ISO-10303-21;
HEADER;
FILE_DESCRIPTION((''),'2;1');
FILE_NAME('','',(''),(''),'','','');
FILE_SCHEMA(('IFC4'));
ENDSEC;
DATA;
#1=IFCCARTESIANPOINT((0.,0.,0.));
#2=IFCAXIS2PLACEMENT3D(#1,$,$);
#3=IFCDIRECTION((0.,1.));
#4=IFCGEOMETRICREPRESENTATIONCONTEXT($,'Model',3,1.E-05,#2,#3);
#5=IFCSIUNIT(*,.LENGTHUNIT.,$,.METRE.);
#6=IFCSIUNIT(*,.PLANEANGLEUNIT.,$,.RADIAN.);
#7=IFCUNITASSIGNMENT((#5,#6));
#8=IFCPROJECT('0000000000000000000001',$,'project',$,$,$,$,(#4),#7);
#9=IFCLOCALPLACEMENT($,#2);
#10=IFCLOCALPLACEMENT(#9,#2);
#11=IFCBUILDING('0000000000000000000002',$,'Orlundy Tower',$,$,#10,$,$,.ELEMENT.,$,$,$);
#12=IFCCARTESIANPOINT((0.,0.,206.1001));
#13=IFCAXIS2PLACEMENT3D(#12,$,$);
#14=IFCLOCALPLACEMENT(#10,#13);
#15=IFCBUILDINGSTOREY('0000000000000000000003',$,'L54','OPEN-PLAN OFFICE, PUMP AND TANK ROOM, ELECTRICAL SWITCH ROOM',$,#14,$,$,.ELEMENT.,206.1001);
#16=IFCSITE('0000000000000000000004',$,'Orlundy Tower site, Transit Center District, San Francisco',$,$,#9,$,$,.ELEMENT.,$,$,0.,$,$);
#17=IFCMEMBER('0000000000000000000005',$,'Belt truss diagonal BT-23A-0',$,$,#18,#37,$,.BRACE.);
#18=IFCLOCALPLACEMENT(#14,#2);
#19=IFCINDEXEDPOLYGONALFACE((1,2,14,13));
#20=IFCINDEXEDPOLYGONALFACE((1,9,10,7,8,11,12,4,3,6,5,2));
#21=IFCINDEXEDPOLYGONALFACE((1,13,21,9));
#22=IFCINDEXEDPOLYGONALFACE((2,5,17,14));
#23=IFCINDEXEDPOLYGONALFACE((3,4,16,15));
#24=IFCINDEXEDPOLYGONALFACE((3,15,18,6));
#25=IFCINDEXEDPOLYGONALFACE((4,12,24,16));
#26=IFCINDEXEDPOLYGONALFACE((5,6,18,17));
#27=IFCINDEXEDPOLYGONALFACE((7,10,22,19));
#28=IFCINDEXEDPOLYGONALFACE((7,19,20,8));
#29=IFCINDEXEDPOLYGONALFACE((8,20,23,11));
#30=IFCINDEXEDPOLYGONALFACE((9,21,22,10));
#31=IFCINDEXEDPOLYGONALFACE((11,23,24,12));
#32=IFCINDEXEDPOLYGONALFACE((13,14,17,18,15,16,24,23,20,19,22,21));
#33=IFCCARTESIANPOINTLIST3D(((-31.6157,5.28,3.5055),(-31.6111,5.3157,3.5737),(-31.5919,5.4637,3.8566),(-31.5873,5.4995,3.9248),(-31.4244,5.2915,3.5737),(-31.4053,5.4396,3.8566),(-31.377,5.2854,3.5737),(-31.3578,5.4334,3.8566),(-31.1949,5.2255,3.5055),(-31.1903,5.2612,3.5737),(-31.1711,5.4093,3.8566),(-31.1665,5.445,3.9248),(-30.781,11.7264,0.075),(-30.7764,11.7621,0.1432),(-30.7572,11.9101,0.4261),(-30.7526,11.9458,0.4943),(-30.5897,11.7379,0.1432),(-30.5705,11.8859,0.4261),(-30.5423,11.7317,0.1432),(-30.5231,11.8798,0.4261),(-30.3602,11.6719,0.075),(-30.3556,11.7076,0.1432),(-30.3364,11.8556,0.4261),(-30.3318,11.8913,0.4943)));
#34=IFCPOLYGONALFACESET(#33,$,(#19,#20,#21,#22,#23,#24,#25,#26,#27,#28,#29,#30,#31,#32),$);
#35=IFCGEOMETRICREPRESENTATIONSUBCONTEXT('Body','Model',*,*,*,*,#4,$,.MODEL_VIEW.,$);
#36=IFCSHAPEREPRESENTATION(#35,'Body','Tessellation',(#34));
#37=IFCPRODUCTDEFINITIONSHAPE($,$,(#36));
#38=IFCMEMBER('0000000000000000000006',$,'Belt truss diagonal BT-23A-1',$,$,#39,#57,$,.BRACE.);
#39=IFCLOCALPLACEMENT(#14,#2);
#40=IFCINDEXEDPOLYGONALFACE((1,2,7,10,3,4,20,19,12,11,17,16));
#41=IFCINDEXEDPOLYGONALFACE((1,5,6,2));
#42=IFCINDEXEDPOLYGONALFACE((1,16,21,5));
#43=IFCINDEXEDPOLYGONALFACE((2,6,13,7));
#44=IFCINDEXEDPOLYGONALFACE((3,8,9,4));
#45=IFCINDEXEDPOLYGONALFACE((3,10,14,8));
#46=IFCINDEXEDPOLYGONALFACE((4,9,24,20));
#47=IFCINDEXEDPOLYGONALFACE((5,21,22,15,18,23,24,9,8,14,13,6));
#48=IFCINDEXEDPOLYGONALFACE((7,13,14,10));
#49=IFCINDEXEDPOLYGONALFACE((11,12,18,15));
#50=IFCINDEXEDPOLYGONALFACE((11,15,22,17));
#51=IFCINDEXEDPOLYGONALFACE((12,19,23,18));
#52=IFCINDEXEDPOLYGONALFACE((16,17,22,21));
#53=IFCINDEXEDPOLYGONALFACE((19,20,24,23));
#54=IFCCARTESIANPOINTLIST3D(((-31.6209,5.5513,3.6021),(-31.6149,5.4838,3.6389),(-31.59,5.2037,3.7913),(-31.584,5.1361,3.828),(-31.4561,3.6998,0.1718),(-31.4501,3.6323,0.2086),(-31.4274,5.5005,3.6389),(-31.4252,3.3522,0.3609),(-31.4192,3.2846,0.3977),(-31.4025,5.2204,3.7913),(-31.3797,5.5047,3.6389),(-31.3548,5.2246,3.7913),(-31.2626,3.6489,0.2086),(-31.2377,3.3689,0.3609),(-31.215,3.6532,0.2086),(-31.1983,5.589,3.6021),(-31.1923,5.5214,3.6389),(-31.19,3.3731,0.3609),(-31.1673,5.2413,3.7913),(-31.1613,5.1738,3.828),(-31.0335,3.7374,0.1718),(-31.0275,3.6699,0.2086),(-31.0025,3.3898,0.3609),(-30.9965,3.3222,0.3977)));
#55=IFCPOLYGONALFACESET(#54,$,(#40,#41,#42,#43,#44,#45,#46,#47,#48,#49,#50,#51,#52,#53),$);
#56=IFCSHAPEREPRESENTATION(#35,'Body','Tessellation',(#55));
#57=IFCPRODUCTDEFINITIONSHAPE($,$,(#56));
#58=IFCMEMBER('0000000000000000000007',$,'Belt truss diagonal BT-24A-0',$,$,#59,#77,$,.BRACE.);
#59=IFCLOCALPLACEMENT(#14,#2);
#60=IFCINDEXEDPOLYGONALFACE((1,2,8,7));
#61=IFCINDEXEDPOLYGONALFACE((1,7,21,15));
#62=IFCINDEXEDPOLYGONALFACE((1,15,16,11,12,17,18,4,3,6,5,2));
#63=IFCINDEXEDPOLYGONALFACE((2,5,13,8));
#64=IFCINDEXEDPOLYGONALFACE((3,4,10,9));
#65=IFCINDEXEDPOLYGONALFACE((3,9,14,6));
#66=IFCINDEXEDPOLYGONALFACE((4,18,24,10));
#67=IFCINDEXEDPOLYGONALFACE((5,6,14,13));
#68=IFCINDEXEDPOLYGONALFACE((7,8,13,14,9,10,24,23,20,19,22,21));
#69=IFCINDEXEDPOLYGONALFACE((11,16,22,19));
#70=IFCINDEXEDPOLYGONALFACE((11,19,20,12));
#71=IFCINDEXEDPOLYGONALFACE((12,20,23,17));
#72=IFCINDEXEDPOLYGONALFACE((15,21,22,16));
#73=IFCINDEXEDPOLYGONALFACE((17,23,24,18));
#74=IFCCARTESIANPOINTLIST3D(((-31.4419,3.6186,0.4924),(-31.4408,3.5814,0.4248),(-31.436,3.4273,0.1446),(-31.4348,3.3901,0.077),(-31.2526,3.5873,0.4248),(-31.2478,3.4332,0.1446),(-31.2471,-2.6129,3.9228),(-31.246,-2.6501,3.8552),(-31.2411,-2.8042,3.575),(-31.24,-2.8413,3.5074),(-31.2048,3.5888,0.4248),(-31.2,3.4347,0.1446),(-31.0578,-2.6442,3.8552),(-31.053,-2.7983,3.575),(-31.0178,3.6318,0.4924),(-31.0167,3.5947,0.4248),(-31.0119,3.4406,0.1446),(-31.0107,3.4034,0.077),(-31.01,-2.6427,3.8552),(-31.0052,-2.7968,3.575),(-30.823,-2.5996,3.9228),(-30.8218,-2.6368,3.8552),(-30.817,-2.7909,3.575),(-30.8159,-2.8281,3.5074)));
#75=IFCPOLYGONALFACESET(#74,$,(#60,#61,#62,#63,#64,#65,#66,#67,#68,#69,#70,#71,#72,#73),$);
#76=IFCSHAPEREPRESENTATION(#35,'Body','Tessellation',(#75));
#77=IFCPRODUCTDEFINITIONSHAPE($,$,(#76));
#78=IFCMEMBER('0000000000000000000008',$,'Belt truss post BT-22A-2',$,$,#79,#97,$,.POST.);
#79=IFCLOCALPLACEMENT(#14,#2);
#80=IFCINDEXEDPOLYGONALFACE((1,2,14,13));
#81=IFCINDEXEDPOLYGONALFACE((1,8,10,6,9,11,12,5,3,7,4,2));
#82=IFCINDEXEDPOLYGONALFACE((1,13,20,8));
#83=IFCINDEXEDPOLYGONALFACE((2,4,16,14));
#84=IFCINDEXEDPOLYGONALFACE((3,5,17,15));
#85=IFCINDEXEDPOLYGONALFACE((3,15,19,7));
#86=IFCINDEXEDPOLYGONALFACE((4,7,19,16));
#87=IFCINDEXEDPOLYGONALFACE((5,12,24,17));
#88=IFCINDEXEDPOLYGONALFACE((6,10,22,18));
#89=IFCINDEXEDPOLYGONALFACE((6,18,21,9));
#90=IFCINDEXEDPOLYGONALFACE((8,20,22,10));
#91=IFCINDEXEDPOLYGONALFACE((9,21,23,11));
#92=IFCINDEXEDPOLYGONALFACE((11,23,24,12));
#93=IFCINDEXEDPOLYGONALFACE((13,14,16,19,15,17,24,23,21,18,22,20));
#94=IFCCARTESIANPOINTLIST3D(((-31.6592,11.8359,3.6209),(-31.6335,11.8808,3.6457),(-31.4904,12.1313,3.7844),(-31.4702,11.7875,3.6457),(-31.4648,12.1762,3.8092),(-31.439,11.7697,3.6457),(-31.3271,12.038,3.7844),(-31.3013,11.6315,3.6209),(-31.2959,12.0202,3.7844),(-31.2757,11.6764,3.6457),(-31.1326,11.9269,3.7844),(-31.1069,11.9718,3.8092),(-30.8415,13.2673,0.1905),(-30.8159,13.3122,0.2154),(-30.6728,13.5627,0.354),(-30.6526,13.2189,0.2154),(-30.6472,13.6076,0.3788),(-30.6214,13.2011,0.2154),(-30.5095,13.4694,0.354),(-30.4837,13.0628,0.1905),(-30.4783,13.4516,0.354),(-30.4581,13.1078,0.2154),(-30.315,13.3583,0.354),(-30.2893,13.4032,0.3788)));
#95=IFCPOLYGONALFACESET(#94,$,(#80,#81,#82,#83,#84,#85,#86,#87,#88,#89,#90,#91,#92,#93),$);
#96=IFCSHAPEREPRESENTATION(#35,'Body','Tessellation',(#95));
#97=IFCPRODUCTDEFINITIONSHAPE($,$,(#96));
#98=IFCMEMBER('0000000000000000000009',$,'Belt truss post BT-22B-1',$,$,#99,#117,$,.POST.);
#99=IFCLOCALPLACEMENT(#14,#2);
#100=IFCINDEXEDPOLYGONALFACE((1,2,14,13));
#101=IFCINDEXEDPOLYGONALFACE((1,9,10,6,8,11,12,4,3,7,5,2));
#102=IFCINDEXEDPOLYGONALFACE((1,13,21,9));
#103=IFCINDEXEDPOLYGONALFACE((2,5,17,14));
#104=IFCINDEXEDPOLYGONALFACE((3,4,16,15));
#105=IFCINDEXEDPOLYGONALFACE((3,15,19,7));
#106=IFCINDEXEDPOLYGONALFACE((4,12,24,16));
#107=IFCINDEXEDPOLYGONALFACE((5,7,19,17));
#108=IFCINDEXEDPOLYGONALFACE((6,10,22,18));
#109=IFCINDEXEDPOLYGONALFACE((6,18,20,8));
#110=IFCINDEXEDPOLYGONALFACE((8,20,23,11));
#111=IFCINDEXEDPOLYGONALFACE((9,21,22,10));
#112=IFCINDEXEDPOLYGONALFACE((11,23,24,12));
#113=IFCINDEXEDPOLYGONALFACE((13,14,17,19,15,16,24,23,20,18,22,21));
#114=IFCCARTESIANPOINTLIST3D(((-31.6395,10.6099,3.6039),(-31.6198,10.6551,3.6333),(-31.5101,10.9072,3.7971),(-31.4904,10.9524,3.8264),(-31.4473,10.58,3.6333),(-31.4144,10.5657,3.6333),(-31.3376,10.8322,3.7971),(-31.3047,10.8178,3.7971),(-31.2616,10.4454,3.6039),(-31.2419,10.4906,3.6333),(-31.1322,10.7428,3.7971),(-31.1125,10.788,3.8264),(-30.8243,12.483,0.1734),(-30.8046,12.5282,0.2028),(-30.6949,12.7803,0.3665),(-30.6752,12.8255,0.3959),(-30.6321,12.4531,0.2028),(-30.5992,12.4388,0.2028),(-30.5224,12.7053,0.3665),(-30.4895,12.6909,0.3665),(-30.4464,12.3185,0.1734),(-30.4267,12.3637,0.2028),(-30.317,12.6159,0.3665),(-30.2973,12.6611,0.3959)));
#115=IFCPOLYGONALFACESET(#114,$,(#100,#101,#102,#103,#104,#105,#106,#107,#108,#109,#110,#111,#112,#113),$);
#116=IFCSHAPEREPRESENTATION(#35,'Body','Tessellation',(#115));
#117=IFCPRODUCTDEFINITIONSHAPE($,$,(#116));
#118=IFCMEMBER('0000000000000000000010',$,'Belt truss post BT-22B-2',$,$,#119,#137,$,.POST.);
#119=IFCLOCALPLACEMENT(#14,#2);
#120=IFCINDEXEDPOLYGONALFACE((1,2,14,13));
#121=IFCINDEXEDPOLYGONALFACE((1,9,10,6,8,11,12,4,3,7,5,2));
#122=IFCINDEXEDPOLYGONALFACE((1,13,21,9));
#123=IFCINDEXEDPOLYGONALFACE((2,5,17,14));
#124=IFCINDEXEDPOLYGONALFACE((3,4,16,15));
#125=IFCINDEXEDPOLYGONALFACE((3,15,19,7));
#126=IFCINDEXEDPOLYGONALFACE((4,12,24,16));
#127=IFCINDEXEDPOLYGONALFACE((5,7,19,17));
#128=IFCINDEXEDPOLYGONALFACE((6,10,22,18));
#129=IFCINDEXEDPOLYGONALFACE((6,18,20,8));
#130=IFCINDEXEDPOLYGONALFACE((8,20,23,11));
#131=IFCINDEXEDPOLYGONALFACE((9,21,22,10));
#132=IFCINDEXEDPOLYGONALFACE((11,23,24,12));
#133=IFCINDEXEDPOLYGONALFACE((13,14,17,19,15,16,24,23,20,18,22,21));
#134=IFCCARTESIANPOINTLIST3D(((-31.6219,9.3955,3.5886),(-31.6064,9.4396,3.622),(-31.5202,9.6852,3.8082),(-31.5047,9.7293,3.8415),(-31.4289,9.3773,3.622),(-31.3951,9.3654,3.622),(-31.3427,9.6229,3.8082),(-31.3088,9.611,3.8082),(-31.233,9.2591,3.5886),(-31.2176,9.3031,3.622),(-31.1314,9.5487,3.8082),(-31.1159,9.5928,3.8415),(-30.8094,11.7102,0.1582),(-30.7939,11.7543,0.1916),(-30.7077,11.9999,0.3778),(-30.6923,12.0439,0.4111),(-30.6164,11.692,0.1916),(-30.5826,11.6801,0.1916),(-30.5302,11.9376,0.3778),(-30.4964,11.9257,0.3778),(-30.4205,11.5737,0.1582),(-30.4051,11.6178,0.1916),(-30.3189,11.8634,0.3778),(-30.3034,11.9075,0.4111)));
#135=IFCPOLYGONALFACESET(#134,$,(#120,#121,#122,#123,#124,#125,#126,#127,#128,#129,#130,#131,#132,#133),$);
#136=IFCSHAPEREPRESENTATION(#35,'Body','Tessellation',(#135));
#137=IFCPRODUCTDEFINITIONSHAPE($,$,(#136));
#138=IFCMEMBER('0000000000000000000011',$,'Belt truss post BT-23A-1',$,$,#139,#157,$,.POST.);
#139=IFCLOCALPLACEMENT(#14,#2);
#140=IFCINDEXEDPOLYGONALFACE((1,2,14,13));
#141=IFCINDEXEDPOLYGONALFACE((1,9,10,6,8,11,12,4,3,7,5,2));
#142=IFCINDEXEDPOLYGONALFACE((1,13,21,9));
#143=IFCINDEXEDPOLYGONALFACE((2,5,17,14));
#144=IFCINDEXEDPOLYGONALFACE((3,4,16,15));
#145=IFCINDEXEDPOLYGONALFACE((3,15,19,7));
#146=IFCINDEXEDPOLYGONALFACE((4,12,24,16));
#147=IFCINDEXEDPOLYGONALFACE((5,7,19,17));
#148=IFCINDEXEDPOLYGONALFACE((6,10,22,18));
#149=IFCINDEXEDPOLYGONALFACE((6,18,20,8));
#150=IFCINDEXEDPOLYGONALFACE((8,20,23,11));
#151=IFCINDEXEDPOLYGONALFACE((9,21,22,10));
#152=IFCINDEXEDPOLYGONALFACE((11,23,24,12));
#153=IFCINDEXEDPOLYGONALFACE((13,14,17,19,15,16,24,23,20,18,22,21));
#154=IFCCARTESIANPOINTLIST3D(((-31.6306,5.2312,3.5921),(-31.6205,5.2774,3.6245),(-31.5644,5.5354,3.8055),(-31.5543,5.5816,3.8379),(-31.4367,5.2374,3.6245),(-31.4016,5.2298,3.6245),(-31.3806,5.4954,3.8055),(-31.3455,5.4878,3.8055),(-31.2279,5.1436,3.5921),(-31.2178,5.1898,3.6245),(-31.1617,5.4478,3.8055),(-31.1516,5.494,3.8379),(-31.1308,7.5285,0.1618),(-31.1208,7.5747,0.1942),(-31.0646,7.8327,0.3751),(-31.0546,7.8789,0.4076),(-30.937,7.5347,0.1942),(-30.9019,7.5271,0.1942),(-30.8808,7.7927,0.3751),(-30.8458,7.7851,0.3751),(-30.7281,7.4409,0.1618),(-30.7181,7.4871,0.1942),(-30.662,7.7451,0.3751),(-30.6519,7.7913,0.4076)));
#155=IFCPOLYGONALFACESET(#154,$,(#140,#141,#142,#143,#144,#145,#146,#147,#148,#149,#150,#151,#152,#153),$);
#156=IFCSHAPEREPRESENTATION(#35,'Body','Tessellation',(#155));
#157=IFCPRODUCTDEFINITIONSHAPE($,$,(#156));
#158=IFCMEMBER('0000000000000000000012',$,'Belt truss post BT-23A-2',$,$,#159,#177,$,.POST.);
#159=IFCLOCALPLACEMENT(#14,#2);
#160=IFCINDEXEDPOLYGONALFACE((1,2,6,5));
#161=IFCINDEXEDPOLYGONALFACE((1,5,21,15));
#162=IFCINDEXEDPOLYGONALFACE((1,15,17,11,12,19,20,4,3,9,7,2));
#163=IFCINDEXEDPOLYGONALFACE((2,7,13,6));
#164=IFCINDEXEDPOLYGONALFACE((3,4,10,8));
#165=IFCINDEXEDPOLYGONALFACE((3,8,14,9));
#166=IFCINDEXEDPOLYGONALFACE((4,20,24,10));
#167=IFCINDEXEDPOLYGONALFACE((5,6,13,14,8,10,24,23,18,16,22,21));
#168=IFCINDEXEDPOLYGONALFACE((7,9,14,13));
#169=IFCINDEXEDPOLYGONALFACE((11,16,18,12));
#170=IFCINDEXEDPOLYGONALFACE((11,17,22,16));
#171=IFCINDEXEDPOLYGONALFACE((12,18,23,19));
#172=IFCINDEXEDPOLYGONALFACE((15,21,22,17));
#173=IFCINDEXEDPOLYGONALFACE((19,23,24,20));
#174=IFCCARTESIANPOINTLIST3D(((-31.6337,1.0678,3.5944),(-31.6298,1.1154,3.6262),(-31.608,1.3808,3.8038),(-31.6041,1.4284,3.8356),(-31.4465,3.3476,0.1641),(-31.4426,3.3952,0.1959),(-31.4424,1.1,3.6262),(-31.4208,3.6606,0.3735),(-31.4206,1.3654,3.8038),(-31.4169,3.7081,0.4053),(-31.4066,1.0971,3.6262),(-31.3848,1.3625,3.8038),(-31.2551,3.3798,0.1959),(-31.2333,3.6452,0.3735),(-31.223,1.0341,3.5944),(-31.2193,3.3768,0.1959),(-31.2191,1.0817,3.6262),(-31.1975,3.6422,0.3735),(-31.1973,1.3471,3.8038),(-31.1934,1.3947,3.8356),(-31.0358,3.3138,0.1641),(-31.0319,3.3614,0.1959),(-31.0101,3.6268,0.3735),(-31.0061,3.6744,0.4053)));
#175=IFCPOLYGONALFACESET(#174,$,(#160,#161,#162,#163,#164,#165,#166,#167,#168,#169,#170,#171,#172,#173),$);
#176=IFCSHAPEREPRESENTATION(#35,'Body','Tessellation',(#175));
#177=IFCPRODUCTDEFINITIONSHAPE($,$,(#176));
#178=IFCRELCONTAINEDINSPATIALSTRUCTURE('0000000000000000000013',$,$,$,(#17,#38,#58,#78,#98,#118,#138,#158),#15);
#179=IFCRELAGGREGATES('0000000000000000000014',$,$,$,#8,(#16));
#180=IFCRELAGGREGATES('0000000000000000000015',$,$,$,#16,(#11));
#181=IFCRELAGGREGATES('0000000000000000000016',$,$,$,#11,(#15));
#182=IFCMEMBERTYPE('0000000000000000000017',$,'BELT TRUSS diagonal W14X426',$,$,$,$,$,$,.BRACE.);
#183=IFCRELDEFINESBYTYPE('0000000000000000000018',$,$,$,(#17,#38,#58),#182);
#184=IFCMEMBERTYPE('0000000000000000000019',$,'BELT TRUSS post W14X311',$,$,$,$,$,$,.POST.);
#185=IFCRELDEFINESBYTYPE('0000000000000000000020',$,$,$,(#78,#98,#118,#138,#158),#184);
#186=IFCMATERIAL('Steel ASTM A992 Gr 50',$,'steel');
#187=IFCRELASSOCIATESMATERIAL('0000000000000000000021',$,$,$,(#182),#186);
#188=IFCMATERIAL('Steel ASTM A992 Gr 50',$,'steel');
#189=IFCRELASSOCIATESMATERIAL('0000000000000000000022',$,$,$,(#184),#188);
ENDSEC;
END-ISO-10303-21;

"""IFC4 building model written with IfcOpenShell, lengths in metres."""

from ifc_helpers import new_model, si_unit, direction, frame, origin, origin_2d, place, context, subcontext, project, spatial, i_section, extrude, material, material_profile, profile_set, type_object, element, save


model = new_model("IFC4")

# Units and contexts
model_context = context("Model", 3, precision=1e-05, world=origin(), true_north=direction((0.0, 1.0)))
body_context = subcontext(model_context, "Body", "Model", "MODEL_VIEW")
ifc_project = project(units=[si_unit("LENGTHUNIT", "METRE"), si_unit("PLANEANGLEUNIT", "RADIAN")], contexts=[model_context])

# Site, building, storey
site_placement = place(None, origin())
site = spatial("IfcSite", under=ifc_project, at=site_placement, Name="Orlundy Tower site, Transit Center District, San Francisco", CompositionType="ELEMENT", RefElevation=0.0)
building_placement = place(site_placement, origin())
building = spatial("IfcBuilding", under=site, at=building_placement, Name="Orlundy Tower", CompositionType="ELEMENT")
storey_placement = place(building_placement, frame((0.0, 0.0, 206.1001)))
storey = spatial("IfcBuildingStorey", under=building, at=storey_placement, Name="L54", Description="OPEN-PLAN OFFICE, PUMP AND TANK ROOM, ELECTRICAL SWITCH ROOM", CompositionType="ELEMENT", Elevation=206.1001)

# Members
ifc_material_1 = material(Name="Steel ASTM A992 Gr 50", Category="steel")
ifc_material_profile_1 = material_profile(ifc_material_1, i_section(OverallWidth=0.4243, OverallDepth=0.4741, WebThickness=0.0479, FlangeThickness=0.0771, at=origin_2d()), Name="W14X426")
ifc_profile_set_1 = profile_set([ifc_material_profile_1], Name="Steel ASTM A992 Gr 50")
member_type_1 = type_object("IfcMemberType", Name="BELT TRUSS diagonal W14X426", PredefinedType="BRACE", material=ifc_profile_set_1)
member_1_placement = place(storey_placement, frame((-30.5564, 11.8088, 0.2847), z_axis=(-0.11357, -0.877073, 0.466738), x_axis=(0.99172, -0.128416, 0.0)))
element("IfcMember", 1, at=member_1_placement, inside=storey, type_object=member_type_1, Name="Belt truss diagonal BT-23A-0", PredefinedType="BRACE", context=body_context, shape_type="SweptSolid", body=[
    extrude(i_section(OverallWidth=0.4243, OverallDepth=0.4741, WebThickness=0.0479, FlangeThickness=0.0771, at=origin_2d()), origin(), (0.0, 0.0, 1.0), 7.3499),
])
member_2_placement = place(storey_placement, frame((-31.3911, 5.3625, 3.7151), z_axis=(0.042237, -0.474553, -0.879213), x_axis=(0.996063, 0.088653, 0.0)))
element("IfcMember", 2, at=member_2_placement, inside=storey, type_object=member_type_1, Name="Belt truss diagonal BT-23A-1", PredefinedType="BRACE", context=body_context, shape_type="SweptSolid", body=[
    extrude(i_section(OverallWidth=0.4243, OverallDepth=0.4741, WebThickness=0.0479, FlangeThickness=0.0771, at=origin_2d()), origin(), (0.0, 0.0, 1.0), 3.9016),
])
member_3_placement = place(storey_placement, frame((-31.2263, 3.511, 0.2847), z_axis=(0.027379, -0.875702, 0.482075), x_axis=(0.999512, 0.031249, 0.0)))
element("IfcMember", 3, at=member_3_placement, inside=storey, type_object=member_type_1, Name="Belt truss diagonal BT-24A-0", PredefinedType="BRACE", context=body_context, shape_type="SweptSolid", body=[
    extrude(i_section(OverallWidth=0.4243, OverallDepth=0.4741, WebThickness=0.0479, FlangeThickness=0.0771, at=origin_2d()), origin(), (0.0, 0.0, 1.0), 7.116),
])
ifc_material_2 = material(Name="Steel ASTM A992 Gr 50", Category="steel")
ifc_material_profile_2 = material_profile(ifc_material_2, i_section(OverallWidth=0.4121, OverallDepth=0.4348, WebThickness=0.0359, FlangeThickness=0.0574, at=origin_2d()), Name="W14X311")
ifc_profile_set_2 = profile_set([ifc_material_profile_2], Name="Steel ASTM A992 Gr 50")
member_type_2 = type_object("IfcMemberType", Name="BELT TRUSS post W14X311", PredefinedType="POST", material=ifc_profile_set_2)
member_4_placement = place(storey_placement, frame((-30.5654, 13.3352, 0.2847), z_axis=(-0.214829, -0.376095, 0.901333), x_axis=(0.868325, -0.495995, 0.0)))
element("IfcMember", 4, at=member_4_placement, inside=storey, type_object=member_type_2, Name="Belt truss post BT-22A-2", PredefinedType="POST", context=body_context, shape_type="SweptSolid", body=[
    extrude(i_section(OverallWidth=0.4121, OverallDepth=0.4348, WebThickness=0.0359, FlangeThickness=0.0574, at=origin_2d()), origin(), (0.0, 0.0, 1.0), 3.8059),
])
member_5_placement = place(storey_placement, frame((-30.5608, 12.572, 0.2847), z_axis=(-0.204176, -0.469133, 0.859201), x_axis=(0.916924, -0.399063, 0.0)))
element("IfcMember", 5, at=member_5_placement, inside=storey, type_object=member_type_2, Name="Belt truss post BT-22B-1", PredefinedType="POST", context=body_context, shape_type="SweptSolid", body=[
    extrude(i_section(OverallWidth=0.4121, OverallDepth=0.4348, WebThickness=0.0359, FlangeThickness=0.0574, at=origin_2d()), origin(), (0.0, 0.0, 1.0), 3.9927),
])
member_6_placement = place(storey_placement, frame((-30.5564, 11.8088, 0.2847), z_axis=(-0.192658, -0.548855, 0.813413), x_axis=(0.943559, -0.331206, 0.0)))
element("IfcMember", 6, at=member_6_placement, inside=storey, type_object=member_type_2, Name="Belt truss post BT-22B-2", PredefinedType="POST", context=body_context, shape_type="SweptSolid", body=[
    extrude(i_section(OverallWidth=0.4121, OverallDepth=0.4348, WebThickness=0.0359, FlangeThickness=0.0574, at=origin_2d()), origin(), (0.0, 0.0, 1.0), 4.2173),
])
member_7_placement = place(storey_placement, frame((-30.8914, 7.6599, 0.2847), z_axis=(-0.120169, -0.552413, 0.824863), x_axis=(0.977147, -0.212563, 0.0)))
element("IfcMember", 7, at=member_7_placement, inside=storey, type_object=member_type_2, Name="Belt truss post BT-23A-1", PredefinedType="POST", context=body_context, shape_type="SweptSolid", body=[
    extrude(i_section(OverallWidth=0.4121, OverallDepth=0.4348, WebThickness=0.0359, FlangeThickness=0.0574, at=origin_2d()), origin(), (0.0, 0.0, 1.0), 4.1587),
])
member_8_placement = place(storey_placement, frame((-31.2263, 3.511, 0.2847), z_axis=(-0.045416, -0.552925, 0.831993), x_axis=(0.996644, -0.081862, 0.0)))
element("IfcMember", 8, at=member_8_placement, inside=storey, type_object=member_type_2, Name="Belt truss post BT-23A-2", PredefinedType="POST", context=body_context, shape_type="SweptSolid", body=[
    extrude(i_section(OverallWidth=0.4121, OverallDepth=0.4348, WebThickness=0.0359, FlangeThickness=0.0574, at=origin_2d()), origin(), (0.0, 0.0, 1.0), 4.123),
])

save(model, "model.ifc")
